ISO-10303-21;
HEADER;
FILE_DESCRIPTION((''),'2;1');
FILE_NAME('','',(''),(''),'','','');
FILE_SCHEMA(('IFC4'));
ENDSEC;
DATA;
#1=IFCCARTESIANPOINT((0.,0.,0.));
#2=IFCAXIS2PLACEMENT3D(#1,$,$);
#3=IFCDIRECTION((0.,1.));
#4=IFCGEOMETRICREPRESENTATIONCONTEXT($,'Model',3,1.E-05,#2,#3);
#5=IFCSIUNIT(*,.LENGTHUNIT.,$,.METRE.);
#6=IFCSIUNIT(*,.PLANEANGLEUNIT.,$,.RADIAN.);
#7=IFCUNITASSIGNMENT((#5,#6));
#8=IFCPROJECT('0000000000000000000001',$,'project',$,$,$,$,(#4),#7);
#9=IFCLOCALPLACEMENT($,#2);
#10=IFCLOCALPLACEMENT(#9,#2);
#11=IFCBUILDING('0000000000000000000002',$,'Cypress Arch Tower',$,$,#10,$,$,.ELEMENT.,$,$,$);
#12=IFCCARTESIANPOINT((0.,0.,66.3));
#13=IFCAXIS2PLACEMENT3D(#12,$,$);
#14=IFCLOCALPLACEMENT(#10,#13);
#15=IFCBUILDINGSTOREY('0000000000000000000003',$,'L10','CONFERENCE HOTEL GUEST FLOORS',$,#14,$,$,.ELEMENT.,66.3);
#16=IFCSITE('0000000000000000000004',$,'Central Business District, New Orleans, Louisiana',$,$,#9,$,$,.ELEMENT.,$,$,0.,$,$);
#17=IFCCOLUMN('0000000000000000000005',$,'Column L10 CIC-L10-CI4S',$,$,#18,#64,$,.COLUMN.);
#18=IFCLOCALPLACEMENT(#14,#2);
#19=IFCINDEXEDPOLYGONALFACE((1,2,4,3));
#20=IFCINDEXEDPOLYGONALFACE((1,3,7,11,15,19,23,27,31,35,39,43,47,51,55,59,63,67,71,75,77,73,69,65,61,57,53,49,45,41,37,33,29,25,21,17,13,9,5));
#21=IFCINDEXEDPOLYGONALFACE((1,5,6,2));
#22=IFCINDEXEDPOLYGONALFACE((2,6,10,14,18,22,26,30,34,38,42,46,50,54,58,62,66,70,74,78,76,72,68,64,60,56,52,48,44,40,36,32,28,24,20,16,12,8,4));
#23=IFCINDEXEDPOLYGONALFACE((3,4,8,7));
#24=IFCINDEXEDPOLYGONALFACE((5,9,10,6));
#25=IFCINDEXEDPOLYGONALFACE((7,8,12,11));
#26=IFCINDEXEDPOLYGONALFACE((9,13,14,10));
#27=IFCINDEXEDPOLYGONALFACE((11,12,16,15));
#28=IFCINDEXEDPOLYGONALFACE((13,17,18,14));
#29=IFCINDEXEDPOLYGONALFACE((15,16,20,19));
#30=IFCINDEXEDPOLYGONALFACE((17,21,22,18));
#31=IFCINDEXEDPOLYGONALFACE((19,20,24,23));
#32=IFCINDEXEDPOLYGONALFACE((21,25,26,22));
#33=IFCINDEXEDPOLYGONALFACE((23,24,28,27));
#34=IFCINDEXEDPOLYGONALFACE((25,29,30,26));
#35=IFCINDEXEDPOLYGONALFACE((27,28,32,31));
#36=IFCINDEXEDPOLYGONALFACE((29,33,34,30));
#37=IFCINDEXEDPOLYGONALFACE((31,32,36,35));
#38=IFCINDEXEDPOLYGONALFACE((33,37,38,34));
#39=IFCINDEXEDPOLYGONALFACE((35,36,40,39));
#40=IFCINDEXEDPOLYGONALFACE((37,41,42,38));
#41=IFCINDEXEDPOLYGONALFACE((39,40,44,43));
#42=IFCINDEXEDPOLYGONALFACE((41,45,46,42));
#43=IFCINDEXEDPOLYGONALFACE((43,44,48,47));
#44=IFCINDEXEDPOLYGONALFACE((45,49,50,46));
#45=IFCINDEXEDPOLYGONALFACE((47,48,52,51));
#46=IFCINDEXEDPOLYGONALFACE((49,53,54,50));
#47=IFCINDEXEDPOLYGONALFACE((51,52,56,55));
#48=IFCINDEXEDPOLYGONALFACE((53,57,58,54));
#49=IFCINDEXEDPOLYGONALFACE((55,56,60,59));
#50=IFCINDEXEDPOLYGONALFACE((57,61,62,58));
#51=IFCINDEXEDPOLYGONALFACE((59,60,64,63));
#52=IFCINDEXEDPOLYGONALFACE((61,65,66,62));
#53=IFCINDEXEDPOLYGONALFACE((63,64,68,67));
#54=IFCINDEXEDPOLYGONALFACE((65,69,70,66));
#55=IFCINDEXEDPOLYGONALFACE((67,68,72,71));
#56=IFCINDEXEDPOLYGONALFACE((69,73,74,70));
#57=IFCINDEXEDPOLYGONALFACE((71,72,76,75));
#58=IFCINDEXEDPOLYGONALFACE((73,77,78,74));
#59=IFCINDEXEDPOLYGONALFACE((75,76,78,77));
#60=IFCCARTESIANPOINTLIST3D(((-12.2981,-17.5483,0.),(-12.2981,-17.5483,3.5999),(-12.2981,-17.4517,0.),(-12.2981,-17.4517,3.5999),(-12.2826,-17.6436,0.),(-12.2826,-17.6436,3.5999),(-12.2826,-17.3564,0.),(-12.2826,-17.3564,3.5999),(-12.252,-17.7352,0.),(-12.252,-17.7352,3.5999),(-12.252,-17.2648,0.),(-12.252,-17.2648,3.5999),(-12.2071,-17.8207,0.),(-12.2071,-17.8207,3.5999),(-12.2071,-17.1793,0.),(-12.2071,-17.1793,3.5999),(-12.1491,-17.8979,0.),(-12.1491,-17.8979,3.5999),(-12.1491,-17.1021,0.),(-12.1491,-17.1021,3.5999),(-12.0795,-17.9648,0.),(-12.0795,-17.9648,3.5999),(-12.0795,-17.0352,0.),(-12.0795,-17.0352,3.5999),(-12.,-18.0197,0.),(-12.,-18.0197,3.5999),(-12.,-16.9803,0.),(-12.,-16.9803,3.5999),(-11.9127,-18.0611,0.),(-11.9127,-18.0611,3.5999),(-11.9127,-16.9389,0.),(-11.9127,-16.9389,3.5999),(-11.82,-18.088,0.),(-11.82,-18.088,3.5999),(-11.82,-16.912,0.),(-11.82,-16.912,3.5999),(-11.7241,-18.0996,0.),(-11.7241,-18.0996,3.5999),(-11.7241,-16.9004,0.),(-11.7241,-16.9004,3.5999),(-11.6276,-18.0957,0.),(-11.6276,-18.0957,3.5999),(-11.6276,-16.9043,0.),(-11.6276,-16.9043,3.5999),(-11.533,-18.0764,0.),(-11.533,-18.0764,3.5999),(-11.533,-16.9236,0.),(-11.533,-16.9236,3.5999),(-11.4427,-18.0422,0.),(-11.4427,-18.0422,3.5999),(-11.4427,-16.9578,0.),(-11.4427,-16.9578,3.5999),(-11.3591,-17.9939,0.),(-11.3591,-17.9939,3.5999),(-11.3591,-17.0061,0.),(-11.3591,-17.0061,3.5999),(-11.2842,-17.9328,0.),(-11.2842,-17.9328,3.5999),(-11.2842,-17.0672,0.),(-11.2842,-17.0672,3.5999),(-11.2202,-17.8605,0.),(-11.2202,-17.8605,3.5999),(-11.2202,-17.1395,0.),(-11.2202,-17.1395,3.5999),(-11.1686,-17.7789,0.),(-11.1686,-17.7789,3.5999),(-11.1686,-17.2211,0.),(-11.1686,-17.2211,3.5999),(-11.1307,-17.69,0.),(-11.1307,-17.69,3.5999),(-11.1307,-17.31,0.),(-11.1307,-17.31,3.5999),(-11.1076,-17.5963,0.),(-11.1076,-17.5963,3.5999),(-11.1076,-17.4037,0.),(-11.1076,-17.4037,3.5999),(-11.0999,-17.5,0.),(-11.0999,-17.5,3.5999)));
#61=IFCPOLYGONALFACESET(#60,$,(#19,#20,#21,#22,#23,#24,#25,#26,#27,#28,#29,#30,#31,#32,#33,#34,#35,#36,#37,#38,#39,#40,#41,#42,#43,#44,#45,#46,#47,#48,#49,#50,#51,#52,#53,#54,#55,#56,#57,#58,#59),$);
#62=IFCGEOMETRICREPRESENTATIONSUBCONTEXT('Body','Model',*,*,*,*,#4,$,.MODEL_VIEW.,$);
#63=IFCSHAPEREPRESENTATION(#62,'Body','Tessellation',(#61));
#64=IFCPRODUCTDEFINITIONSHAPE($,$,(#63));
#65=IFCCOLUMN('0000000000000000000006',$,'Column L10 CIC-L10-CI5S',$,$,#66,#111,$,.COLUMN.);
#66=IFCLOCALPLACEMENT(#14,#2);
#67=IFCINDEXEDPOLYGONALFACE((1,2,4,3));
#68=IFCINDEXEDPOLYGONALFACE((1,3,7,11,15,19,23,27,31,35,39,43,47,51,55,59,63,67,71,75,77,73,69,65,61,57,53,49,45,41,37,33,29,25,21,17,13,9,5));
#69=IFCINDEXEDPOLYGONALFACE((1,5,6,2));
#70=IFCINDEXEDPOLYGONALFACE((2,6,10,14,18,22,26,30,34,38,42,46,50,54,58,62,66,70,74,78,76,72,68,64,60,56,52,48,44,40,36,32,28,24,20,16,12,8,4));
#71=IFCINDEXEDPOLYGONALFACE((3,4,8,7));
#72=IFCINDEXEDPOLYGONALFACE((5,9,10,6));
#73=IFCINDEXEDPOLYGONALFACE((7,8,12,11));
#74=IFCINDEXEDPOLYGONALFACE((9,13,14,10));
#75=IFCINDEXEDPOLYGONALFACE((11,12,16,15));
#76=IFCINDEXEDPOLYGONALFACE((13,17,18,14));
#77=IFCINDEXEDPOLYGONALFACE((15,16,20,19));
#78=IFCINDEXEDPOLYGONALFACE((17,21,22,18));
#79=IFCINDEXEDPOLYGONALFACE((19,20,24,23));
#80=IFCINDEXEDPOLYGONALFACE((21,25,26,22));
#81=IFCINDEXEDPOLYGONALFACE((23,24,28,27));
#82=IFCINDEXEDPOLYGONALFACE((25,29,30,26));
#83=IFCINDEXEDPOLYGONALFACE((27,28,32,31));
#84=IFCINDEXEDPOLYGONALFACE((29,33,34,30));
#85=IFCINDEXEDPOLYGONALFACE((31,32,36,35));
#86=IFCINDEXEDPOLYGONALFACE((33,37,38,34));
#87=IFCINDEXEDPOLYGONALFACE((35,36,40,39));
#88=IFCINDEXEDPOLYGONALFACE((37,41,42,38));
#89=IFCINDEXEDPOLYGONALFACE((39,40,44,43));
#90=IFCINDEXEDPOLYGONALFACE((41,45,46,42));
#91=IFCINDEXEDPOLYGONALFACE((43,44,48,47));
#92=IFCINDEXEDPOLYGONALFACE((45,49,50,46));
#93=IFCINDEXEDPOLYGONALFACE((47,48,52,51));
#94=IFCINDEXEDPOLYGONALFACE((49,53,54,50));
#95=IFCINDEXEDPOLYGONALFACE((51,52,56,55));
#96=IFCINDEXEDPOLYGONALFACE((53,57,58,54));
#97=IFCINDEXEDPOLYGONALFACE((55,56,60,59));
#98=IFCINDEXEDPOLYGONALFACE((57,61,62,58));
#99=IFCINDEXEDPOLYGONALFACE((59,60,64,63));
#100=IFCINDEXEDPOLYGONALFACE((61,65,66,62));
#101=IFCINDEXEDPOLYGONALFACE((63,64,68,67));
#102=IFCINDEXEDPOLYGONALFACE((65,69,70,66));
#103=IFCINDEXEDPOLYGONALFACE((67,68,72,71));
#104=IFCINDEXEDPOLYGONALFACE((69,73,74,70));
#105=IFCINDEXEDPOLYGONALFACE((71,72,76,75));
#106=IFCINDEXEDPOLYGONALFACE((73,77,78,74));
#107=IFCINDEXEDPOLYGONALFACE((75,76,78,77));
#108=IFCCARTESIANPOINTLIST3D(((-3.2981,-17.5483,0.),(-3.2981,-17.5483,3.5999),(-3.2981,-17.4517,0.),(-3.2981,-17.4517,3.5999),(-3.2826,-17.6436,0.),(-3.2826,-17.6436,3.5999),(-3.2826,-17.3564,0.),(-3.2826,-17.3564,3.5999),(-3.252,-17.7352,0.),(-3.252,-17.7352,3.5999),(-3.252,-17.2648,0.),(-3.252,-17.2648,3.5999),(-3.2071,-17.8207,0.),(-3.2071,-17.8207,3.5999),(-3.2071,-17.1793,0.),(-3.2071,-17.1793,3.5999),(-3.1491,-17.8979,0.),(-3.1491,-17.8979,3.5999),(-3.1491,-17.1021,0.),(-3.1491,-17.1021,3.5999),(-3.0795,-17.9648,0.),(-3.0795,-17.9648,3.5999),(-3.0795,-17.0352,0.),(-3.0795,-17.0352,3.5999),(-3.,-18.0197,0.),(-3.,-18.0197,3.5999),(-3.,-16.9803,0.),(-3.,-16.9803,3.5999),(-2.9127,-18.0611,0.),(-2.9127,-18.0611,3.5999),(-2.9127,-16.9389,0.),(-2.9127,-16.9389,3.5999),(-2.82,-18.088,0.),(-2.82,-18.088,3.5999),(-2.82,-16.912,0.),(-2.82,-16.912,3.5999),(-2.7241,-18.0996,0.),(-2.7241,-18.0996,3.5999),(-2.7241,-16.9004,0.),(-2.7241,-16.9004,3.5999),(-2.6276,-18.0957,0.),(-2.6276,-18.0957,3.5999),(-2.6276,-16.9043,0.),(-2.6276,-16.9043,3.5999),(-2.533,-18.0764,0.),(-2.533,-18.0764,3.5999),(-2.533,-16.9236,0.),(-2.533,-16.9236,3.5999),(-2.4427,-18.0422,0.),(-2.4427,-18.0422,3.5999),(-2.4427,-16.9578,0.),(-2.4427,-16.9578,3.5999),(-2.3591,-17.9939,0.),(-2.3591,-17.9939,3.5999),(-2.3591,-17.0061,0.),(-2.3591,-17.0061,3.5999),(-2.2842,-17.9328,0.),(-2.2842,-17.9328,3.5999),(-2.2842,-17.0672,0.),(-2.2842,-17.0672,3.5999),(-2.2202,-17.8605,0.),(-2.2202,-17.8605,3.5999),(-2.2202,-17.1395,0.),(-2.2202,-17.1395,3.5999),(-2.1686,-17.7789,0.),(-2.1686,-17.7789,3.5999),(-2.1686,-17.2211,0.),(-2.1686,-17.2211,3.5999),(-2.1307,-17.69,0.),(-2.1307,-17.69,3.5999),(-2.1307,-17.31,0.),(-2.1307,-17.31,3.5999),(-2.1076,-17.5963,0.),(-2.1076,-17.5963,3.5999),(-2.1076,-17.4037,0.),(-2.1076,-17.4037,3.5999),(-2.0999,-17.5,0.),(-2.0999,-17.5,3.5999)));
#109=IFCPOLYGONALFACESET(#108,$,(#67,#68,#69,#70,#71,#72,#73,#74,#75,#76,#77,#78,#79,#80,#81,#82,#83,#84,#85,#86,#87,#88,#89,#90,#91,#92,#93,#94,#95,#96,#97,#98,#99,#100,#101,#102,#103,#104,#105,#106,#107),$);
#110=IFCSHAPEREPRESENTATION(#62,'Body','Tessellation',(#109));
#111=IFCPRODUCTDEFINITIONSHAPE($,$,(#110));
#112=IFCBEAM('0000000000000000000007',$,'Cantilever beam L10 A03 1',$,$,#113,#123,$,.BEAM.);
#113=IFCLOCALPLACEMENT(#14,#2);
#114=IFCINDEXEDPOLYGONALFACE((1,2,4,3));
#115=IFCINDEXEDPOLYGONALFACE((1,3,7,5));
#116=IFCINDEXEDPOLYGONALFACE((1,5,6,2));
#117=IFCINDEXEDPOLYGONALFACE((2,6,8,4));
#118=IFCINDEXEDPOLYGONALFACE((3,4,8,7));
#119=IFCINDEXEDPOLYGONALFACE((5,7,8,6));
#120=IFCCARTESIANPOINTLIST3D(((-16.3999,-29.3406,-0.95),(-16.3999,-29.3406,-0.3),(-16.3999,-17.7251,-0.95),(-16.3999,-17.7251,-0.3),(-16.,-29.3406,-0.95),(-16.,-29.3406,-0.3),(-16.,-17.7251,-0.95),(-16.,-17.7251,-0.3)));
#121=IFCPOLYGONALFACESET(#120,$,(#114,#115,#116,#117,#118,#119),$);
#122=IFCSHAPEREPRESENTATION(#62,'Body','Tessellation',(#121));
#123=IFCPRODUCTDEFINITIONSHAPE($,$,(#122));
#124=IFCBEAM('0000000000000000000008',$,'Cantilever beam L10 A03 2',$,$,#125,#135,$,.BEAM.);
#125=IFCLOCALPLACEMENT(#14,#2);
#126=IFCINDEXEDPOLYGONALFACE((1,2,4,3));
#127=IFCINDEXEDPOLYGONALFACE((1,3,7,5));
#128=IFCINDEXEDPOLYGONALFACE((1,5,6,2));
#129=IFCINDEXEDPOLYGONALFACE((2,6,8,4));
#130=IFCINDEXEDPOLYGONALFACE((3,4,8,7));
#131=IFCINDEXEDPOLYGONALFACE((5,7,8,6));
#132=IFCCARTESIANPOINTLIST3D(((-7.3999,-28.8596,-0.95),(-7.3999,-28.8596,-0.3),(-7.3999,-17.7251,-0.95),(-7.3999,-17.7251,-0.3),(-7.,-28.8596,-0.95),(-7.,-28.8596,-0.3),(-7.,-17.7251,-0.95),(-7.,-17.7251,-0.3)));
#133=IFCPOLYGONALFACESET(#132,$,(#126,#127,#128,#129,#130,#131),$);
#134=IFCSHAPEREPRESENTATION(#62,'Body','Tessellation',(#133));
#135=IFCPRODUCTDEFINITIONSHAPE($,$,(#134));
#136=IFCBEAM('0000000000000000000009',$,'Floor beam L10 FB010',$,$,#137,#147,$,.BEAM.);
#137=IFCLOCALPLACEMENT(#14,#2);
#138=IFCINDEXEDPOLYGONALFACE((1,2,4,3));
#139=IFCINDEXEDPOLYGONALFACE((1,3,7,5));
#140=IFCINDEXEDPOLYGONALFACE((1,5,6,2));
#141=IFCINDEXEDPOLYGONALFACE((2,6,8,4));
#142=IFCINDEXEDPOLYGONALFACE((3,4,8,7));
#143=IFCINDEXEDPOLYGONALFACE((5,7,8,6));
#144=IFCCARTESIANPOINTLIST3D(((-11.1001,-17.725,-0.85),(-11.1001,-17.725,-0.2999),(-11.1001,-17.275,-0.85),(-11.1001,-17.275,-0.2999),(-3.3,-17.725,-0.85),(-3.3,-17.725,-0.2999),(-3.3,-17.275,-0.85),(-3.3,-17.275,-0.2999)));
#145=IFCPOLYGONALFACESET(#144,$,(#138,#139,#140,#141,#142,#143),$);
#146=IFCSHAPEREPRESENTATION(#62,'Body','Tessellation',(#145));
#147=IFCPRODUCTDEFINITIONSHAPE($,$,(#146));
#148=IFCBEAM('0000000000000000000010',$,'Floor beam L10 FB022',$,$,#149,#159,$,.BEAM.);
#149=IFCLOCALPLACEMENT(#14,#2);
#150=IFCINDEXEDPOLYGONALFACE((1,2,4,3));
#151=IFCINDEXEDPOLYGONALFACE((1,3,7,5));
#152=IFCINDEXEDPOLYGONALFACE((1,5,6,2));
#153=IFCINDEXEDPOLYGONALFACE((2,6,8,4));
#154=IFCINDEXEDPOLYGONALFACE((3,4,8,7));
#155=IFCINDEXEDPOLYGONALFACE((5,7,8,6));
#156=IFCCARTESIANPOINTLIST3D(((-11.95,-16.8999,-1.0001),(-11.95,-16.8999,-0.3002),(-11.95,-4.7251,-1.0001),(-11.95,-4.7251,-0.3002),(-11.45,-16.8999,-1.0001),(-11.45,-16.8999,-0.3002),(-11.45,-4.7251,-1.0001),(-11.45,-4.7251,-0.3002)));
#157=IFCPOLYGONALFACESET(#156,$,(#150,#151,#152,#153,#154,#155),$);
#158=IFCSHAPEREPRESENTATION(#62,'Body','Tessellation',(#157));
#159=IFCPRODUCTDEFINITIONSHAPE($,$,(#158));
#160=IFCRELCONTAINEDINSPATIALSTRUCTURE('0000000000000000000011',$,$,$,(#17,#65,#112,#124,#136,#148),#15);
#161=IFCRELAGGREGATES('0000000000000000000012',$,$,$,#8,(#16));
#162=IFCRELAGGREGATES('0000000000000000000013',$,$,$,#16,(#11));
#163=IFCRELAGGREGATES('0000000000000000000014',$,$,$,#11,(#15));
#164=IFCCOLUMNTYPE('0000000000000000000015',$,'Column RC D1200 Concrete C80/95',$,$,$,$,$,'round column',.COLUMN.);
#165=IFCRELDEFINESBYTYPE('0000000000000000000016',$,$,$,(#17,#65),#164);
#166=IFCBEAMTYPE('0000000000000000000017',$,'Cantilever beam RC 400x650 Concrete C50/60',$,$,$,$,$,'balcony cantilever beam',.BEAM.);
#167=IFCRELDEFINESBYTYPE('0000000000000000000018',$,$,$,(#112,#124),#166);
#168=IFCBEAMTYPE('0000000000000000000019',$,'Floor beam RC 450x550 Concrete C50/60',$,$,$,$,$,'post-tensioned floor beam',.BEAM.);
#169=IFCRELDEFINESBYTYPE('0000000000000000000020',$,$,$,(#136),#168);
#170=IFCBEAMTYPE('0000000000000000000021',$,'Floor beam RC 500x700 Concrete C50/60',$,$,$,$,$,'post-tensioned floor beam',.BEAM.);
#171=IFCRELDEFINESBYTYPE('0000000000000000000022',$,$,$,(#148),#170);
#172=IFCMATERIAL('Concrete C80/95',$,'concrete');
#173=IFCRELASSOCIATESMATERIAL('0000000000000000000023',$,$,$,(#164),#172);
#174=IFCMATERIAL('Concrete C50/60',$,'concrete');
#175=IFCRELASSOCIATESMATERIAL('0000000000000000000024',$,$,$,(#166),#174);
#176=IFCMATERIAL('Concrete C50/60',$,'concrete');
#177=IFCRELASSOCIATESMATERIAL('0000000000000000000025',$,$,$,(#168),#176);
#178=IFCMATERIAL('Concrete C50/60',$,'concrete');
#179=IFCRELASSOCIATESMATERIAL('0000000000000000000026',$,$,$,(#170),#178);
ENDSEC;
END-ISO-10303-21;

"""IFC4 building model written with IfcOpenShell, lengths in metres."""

from ifc_helpers import new_model, si_unit, direction, frame, origin, origin_2d, place, context, subcontext, project, spatial, rectangle, circle, extrude, material, material_profile, profile_set, type_object, element, save


model = new_model("IFC4")

# Units and contexts
model_context = context("Model", 3, precision=1e-05, world=origin(), true_north=direction((0.0, 1.0)))
body_context = subcontext(model_context, "Body", "Model", "MODEL_VIEW")
ifc_project = project(units=[si_unit("LENGTHUNIT", "METRE"), si_unit("PLANEANGLEUNIT", "RADIAN")], contexts=[model_context])

# Site, building, storey
site_placement = place(None, origin())
site = spatial("IfcSite", under=ifc_project, at=site_placement, Name="Central Business District, New Orleans, Louisiana", CompositionType="ELEMENT", RefElevation=0.0)
building_placement = place(site_placement, origin())
building = spatial("IfcBuilding", under=site, at=building_placement, Name="Cypress Arch Tower", CompositionType="ELEMENT")
storey_placement = place(building_placement, frame((0.0, 0.0, 66.3)))
storey = spatial("IfcBuildingStorey", under=building, at=storey_placement, Name="L10", Description="CONFERENCE HOTEL GUEST FLOORS", CompositionType="ELEMENT", Elevation=66.3)

# Columns
ifc_material_1 = material(Name="Concrete C80/95", Category="concrete")
ifc_material_profile_1 = material_profile(ifc_material_1, circle(Radius=0.6001, at=origin_2d()), Name="RC D1200")
ifc_profile_set_1 = profile_set([ifc_material_profile_1], Name="Concrete C80/95")
column_type = type_object("IfcColumnType", Name="Column RC D1200 Concrete C80/95", ElementType="round column", PredefinedType="COLUMN", material=ifc_profile_set_1)
for number, where, z_axis, x_axis, name in (
    (1, (-11.7, -17.5, 0.0), (0.0, 0.0, 1.0), (1.0, 0.0, 0.0), "Column L10 CIC-L10-CI4S"),
    (2, (-2.7, -17.5, 0.0), (0.0, 0.0, 1.0), (1.0, 0.0, 0.0), "Column L10 CIC-L10-CI5S"),
):
    element("IfcColumn", number, at=place(storey_placement, frame(where, z_axis=z_axis, x_axis=x_axis)), inside=storey, type_object=column_type, Name=name, PredefinedType="COLUMN", context=body_context, shape_type="SweptSolid", body=[
        extrude(circle(Radius=0.6001, at=origin_2d()), origin(), (0.0, 0.0, 1.0), 3.5999),
    ])

# Beams
ifc_material_2 = material(Name="Concrete C50/60", Category="concrete")
ifc_material_profile_2 = material_profile(ifc_material_2, rectangle(XDim=0.3999, YDim=0.6499, at=origin_2d()), Name="RC 400x650")
ifc_profile_set_2 = profile_set([ifc_material_profile_2], Name="Concrete C50/60")
beam_type_1 = type_object("IfcBeamType", Name="Cantilever beam RC 400x650 Concrete C50/60", ElementType="balcony cantilever beam", PredefinedType="BEAM", material=ifc_profile_set_2)
beam_1_placement = place(storey_placement, frame((-16.2, -17.7251, -0.625), z_axis=(0.0, -1.0, 0.0), x_axis=(1.0, 0.0, 0.0)))
element("IfcBeam", 3, at=beam_1_placement, inside=storey, type_object=beam_type_1, Name="Cantilever beam L10 A03 1", PredefinedType="BEAM", context=body_context, shape_type="SweptSolid", body=[
    extrude(rectangle(XDim=0.3999, YDim=0.6499, at=origin_2d()), origin(), (0.0, 0.0, 1.0), 11.6155),
])
beam_2_placement = place(storey_placement, frame((-7.2, -17.7251, -0.625), z_axis=(0.0, -1.0, 0.0), x_axis=(1.0, 0.0, 0.0)))
element("IfcBeam", 4, at=beam_2_placement, inside=storey, type_object=beam_type_1, Name="Cantilever beam L10 A03 2", PredefinedType="BEAM", context=body_context, shape_type="SweptSolid", body=[
    extrude(rectangle(XDim=0.3999, YDim=0.6499, at=origin_2d()), origin(), (0.0, 0.0, 1.0), 11.1345),
])
ifc_material_3 = material(Name="Concrete C50/60", Category="concrete")
ifc_material_profile_3 = material_profile(ifc_material_3, rectangle(XDim=0.45, YDim=0.55, at=origin_2d()), Name="RC 450x550")
ifc_profile_set_3 = profile_set([ifc_material_profile_3], Name="Concrete C50/60")
beam_type_2 = type_object("IfcBeamType", Name="Floor beam RC 450x550 Concrete C50/60", ElementType="post-tensioned floor beam", PredefinedType="BEAM", material=ifc_profile_set_3)
beam_3_placement = place(storey_placement, frame((-11.1001, -17.5, -0.575), z_axis=(1.0, 0.0, 0.0), x_axis=(0.0, 1.0, 0.0)))
element("IfcBeam", 5, at=beam_3_placement, inside=storey, type_object=beam_type_2, Name="Floor beam L10 FB010", PredefinedType="BEAM", context=body_context, shape_type="SweptSolid", body=[
    extrude(rectangle(XDim=0.45, YDim=0.55, at=origin_2d()), origin(), (0.0, 0.0, 1.0), 7.8),
])
ifc_material_4 = material(Name="Concrete C50/60", Category="concrete")
ifc_material_profile_4 = material_profile(ifc_material_4, rectangle(XDim=0.5, YDim=0.7, at=origin_2d()), Name="RC 500x700")
ifc_profile_set_4 = profile_set([ifc_material_profile_4], Name="Concrete C50/60")
beam_type_3 = type_object("IfcBeamType", Name="Floor beam RC 500x700 Concrete C50/60", ElementType="post-tensioned floor beam", PredefinedType="BEAM", material=ifc_profile_set_4)
beam_4_placement = place(storey_placement, frame((-11.7, -16.8999, -0.6501), z_axis=(0.0, 1.0, 0.0), x_axis=(-1.0, 0.0, 0.0)))
element("IfcBeam", 6, at=beam_4_placement, inside=storey, type_object=beam_type_3, Name="Floor beam L10 FB022", PredefinedType="BEAM", context=body_context, shape_type="SweptSolid", body=[
    extrude(rectangle(XDim=0.5, YDim=0.7, at=origin_2d()), origin(), (0.0, 0.0, 1.0), 12.1748),
])

save(model, "model.ifc")
